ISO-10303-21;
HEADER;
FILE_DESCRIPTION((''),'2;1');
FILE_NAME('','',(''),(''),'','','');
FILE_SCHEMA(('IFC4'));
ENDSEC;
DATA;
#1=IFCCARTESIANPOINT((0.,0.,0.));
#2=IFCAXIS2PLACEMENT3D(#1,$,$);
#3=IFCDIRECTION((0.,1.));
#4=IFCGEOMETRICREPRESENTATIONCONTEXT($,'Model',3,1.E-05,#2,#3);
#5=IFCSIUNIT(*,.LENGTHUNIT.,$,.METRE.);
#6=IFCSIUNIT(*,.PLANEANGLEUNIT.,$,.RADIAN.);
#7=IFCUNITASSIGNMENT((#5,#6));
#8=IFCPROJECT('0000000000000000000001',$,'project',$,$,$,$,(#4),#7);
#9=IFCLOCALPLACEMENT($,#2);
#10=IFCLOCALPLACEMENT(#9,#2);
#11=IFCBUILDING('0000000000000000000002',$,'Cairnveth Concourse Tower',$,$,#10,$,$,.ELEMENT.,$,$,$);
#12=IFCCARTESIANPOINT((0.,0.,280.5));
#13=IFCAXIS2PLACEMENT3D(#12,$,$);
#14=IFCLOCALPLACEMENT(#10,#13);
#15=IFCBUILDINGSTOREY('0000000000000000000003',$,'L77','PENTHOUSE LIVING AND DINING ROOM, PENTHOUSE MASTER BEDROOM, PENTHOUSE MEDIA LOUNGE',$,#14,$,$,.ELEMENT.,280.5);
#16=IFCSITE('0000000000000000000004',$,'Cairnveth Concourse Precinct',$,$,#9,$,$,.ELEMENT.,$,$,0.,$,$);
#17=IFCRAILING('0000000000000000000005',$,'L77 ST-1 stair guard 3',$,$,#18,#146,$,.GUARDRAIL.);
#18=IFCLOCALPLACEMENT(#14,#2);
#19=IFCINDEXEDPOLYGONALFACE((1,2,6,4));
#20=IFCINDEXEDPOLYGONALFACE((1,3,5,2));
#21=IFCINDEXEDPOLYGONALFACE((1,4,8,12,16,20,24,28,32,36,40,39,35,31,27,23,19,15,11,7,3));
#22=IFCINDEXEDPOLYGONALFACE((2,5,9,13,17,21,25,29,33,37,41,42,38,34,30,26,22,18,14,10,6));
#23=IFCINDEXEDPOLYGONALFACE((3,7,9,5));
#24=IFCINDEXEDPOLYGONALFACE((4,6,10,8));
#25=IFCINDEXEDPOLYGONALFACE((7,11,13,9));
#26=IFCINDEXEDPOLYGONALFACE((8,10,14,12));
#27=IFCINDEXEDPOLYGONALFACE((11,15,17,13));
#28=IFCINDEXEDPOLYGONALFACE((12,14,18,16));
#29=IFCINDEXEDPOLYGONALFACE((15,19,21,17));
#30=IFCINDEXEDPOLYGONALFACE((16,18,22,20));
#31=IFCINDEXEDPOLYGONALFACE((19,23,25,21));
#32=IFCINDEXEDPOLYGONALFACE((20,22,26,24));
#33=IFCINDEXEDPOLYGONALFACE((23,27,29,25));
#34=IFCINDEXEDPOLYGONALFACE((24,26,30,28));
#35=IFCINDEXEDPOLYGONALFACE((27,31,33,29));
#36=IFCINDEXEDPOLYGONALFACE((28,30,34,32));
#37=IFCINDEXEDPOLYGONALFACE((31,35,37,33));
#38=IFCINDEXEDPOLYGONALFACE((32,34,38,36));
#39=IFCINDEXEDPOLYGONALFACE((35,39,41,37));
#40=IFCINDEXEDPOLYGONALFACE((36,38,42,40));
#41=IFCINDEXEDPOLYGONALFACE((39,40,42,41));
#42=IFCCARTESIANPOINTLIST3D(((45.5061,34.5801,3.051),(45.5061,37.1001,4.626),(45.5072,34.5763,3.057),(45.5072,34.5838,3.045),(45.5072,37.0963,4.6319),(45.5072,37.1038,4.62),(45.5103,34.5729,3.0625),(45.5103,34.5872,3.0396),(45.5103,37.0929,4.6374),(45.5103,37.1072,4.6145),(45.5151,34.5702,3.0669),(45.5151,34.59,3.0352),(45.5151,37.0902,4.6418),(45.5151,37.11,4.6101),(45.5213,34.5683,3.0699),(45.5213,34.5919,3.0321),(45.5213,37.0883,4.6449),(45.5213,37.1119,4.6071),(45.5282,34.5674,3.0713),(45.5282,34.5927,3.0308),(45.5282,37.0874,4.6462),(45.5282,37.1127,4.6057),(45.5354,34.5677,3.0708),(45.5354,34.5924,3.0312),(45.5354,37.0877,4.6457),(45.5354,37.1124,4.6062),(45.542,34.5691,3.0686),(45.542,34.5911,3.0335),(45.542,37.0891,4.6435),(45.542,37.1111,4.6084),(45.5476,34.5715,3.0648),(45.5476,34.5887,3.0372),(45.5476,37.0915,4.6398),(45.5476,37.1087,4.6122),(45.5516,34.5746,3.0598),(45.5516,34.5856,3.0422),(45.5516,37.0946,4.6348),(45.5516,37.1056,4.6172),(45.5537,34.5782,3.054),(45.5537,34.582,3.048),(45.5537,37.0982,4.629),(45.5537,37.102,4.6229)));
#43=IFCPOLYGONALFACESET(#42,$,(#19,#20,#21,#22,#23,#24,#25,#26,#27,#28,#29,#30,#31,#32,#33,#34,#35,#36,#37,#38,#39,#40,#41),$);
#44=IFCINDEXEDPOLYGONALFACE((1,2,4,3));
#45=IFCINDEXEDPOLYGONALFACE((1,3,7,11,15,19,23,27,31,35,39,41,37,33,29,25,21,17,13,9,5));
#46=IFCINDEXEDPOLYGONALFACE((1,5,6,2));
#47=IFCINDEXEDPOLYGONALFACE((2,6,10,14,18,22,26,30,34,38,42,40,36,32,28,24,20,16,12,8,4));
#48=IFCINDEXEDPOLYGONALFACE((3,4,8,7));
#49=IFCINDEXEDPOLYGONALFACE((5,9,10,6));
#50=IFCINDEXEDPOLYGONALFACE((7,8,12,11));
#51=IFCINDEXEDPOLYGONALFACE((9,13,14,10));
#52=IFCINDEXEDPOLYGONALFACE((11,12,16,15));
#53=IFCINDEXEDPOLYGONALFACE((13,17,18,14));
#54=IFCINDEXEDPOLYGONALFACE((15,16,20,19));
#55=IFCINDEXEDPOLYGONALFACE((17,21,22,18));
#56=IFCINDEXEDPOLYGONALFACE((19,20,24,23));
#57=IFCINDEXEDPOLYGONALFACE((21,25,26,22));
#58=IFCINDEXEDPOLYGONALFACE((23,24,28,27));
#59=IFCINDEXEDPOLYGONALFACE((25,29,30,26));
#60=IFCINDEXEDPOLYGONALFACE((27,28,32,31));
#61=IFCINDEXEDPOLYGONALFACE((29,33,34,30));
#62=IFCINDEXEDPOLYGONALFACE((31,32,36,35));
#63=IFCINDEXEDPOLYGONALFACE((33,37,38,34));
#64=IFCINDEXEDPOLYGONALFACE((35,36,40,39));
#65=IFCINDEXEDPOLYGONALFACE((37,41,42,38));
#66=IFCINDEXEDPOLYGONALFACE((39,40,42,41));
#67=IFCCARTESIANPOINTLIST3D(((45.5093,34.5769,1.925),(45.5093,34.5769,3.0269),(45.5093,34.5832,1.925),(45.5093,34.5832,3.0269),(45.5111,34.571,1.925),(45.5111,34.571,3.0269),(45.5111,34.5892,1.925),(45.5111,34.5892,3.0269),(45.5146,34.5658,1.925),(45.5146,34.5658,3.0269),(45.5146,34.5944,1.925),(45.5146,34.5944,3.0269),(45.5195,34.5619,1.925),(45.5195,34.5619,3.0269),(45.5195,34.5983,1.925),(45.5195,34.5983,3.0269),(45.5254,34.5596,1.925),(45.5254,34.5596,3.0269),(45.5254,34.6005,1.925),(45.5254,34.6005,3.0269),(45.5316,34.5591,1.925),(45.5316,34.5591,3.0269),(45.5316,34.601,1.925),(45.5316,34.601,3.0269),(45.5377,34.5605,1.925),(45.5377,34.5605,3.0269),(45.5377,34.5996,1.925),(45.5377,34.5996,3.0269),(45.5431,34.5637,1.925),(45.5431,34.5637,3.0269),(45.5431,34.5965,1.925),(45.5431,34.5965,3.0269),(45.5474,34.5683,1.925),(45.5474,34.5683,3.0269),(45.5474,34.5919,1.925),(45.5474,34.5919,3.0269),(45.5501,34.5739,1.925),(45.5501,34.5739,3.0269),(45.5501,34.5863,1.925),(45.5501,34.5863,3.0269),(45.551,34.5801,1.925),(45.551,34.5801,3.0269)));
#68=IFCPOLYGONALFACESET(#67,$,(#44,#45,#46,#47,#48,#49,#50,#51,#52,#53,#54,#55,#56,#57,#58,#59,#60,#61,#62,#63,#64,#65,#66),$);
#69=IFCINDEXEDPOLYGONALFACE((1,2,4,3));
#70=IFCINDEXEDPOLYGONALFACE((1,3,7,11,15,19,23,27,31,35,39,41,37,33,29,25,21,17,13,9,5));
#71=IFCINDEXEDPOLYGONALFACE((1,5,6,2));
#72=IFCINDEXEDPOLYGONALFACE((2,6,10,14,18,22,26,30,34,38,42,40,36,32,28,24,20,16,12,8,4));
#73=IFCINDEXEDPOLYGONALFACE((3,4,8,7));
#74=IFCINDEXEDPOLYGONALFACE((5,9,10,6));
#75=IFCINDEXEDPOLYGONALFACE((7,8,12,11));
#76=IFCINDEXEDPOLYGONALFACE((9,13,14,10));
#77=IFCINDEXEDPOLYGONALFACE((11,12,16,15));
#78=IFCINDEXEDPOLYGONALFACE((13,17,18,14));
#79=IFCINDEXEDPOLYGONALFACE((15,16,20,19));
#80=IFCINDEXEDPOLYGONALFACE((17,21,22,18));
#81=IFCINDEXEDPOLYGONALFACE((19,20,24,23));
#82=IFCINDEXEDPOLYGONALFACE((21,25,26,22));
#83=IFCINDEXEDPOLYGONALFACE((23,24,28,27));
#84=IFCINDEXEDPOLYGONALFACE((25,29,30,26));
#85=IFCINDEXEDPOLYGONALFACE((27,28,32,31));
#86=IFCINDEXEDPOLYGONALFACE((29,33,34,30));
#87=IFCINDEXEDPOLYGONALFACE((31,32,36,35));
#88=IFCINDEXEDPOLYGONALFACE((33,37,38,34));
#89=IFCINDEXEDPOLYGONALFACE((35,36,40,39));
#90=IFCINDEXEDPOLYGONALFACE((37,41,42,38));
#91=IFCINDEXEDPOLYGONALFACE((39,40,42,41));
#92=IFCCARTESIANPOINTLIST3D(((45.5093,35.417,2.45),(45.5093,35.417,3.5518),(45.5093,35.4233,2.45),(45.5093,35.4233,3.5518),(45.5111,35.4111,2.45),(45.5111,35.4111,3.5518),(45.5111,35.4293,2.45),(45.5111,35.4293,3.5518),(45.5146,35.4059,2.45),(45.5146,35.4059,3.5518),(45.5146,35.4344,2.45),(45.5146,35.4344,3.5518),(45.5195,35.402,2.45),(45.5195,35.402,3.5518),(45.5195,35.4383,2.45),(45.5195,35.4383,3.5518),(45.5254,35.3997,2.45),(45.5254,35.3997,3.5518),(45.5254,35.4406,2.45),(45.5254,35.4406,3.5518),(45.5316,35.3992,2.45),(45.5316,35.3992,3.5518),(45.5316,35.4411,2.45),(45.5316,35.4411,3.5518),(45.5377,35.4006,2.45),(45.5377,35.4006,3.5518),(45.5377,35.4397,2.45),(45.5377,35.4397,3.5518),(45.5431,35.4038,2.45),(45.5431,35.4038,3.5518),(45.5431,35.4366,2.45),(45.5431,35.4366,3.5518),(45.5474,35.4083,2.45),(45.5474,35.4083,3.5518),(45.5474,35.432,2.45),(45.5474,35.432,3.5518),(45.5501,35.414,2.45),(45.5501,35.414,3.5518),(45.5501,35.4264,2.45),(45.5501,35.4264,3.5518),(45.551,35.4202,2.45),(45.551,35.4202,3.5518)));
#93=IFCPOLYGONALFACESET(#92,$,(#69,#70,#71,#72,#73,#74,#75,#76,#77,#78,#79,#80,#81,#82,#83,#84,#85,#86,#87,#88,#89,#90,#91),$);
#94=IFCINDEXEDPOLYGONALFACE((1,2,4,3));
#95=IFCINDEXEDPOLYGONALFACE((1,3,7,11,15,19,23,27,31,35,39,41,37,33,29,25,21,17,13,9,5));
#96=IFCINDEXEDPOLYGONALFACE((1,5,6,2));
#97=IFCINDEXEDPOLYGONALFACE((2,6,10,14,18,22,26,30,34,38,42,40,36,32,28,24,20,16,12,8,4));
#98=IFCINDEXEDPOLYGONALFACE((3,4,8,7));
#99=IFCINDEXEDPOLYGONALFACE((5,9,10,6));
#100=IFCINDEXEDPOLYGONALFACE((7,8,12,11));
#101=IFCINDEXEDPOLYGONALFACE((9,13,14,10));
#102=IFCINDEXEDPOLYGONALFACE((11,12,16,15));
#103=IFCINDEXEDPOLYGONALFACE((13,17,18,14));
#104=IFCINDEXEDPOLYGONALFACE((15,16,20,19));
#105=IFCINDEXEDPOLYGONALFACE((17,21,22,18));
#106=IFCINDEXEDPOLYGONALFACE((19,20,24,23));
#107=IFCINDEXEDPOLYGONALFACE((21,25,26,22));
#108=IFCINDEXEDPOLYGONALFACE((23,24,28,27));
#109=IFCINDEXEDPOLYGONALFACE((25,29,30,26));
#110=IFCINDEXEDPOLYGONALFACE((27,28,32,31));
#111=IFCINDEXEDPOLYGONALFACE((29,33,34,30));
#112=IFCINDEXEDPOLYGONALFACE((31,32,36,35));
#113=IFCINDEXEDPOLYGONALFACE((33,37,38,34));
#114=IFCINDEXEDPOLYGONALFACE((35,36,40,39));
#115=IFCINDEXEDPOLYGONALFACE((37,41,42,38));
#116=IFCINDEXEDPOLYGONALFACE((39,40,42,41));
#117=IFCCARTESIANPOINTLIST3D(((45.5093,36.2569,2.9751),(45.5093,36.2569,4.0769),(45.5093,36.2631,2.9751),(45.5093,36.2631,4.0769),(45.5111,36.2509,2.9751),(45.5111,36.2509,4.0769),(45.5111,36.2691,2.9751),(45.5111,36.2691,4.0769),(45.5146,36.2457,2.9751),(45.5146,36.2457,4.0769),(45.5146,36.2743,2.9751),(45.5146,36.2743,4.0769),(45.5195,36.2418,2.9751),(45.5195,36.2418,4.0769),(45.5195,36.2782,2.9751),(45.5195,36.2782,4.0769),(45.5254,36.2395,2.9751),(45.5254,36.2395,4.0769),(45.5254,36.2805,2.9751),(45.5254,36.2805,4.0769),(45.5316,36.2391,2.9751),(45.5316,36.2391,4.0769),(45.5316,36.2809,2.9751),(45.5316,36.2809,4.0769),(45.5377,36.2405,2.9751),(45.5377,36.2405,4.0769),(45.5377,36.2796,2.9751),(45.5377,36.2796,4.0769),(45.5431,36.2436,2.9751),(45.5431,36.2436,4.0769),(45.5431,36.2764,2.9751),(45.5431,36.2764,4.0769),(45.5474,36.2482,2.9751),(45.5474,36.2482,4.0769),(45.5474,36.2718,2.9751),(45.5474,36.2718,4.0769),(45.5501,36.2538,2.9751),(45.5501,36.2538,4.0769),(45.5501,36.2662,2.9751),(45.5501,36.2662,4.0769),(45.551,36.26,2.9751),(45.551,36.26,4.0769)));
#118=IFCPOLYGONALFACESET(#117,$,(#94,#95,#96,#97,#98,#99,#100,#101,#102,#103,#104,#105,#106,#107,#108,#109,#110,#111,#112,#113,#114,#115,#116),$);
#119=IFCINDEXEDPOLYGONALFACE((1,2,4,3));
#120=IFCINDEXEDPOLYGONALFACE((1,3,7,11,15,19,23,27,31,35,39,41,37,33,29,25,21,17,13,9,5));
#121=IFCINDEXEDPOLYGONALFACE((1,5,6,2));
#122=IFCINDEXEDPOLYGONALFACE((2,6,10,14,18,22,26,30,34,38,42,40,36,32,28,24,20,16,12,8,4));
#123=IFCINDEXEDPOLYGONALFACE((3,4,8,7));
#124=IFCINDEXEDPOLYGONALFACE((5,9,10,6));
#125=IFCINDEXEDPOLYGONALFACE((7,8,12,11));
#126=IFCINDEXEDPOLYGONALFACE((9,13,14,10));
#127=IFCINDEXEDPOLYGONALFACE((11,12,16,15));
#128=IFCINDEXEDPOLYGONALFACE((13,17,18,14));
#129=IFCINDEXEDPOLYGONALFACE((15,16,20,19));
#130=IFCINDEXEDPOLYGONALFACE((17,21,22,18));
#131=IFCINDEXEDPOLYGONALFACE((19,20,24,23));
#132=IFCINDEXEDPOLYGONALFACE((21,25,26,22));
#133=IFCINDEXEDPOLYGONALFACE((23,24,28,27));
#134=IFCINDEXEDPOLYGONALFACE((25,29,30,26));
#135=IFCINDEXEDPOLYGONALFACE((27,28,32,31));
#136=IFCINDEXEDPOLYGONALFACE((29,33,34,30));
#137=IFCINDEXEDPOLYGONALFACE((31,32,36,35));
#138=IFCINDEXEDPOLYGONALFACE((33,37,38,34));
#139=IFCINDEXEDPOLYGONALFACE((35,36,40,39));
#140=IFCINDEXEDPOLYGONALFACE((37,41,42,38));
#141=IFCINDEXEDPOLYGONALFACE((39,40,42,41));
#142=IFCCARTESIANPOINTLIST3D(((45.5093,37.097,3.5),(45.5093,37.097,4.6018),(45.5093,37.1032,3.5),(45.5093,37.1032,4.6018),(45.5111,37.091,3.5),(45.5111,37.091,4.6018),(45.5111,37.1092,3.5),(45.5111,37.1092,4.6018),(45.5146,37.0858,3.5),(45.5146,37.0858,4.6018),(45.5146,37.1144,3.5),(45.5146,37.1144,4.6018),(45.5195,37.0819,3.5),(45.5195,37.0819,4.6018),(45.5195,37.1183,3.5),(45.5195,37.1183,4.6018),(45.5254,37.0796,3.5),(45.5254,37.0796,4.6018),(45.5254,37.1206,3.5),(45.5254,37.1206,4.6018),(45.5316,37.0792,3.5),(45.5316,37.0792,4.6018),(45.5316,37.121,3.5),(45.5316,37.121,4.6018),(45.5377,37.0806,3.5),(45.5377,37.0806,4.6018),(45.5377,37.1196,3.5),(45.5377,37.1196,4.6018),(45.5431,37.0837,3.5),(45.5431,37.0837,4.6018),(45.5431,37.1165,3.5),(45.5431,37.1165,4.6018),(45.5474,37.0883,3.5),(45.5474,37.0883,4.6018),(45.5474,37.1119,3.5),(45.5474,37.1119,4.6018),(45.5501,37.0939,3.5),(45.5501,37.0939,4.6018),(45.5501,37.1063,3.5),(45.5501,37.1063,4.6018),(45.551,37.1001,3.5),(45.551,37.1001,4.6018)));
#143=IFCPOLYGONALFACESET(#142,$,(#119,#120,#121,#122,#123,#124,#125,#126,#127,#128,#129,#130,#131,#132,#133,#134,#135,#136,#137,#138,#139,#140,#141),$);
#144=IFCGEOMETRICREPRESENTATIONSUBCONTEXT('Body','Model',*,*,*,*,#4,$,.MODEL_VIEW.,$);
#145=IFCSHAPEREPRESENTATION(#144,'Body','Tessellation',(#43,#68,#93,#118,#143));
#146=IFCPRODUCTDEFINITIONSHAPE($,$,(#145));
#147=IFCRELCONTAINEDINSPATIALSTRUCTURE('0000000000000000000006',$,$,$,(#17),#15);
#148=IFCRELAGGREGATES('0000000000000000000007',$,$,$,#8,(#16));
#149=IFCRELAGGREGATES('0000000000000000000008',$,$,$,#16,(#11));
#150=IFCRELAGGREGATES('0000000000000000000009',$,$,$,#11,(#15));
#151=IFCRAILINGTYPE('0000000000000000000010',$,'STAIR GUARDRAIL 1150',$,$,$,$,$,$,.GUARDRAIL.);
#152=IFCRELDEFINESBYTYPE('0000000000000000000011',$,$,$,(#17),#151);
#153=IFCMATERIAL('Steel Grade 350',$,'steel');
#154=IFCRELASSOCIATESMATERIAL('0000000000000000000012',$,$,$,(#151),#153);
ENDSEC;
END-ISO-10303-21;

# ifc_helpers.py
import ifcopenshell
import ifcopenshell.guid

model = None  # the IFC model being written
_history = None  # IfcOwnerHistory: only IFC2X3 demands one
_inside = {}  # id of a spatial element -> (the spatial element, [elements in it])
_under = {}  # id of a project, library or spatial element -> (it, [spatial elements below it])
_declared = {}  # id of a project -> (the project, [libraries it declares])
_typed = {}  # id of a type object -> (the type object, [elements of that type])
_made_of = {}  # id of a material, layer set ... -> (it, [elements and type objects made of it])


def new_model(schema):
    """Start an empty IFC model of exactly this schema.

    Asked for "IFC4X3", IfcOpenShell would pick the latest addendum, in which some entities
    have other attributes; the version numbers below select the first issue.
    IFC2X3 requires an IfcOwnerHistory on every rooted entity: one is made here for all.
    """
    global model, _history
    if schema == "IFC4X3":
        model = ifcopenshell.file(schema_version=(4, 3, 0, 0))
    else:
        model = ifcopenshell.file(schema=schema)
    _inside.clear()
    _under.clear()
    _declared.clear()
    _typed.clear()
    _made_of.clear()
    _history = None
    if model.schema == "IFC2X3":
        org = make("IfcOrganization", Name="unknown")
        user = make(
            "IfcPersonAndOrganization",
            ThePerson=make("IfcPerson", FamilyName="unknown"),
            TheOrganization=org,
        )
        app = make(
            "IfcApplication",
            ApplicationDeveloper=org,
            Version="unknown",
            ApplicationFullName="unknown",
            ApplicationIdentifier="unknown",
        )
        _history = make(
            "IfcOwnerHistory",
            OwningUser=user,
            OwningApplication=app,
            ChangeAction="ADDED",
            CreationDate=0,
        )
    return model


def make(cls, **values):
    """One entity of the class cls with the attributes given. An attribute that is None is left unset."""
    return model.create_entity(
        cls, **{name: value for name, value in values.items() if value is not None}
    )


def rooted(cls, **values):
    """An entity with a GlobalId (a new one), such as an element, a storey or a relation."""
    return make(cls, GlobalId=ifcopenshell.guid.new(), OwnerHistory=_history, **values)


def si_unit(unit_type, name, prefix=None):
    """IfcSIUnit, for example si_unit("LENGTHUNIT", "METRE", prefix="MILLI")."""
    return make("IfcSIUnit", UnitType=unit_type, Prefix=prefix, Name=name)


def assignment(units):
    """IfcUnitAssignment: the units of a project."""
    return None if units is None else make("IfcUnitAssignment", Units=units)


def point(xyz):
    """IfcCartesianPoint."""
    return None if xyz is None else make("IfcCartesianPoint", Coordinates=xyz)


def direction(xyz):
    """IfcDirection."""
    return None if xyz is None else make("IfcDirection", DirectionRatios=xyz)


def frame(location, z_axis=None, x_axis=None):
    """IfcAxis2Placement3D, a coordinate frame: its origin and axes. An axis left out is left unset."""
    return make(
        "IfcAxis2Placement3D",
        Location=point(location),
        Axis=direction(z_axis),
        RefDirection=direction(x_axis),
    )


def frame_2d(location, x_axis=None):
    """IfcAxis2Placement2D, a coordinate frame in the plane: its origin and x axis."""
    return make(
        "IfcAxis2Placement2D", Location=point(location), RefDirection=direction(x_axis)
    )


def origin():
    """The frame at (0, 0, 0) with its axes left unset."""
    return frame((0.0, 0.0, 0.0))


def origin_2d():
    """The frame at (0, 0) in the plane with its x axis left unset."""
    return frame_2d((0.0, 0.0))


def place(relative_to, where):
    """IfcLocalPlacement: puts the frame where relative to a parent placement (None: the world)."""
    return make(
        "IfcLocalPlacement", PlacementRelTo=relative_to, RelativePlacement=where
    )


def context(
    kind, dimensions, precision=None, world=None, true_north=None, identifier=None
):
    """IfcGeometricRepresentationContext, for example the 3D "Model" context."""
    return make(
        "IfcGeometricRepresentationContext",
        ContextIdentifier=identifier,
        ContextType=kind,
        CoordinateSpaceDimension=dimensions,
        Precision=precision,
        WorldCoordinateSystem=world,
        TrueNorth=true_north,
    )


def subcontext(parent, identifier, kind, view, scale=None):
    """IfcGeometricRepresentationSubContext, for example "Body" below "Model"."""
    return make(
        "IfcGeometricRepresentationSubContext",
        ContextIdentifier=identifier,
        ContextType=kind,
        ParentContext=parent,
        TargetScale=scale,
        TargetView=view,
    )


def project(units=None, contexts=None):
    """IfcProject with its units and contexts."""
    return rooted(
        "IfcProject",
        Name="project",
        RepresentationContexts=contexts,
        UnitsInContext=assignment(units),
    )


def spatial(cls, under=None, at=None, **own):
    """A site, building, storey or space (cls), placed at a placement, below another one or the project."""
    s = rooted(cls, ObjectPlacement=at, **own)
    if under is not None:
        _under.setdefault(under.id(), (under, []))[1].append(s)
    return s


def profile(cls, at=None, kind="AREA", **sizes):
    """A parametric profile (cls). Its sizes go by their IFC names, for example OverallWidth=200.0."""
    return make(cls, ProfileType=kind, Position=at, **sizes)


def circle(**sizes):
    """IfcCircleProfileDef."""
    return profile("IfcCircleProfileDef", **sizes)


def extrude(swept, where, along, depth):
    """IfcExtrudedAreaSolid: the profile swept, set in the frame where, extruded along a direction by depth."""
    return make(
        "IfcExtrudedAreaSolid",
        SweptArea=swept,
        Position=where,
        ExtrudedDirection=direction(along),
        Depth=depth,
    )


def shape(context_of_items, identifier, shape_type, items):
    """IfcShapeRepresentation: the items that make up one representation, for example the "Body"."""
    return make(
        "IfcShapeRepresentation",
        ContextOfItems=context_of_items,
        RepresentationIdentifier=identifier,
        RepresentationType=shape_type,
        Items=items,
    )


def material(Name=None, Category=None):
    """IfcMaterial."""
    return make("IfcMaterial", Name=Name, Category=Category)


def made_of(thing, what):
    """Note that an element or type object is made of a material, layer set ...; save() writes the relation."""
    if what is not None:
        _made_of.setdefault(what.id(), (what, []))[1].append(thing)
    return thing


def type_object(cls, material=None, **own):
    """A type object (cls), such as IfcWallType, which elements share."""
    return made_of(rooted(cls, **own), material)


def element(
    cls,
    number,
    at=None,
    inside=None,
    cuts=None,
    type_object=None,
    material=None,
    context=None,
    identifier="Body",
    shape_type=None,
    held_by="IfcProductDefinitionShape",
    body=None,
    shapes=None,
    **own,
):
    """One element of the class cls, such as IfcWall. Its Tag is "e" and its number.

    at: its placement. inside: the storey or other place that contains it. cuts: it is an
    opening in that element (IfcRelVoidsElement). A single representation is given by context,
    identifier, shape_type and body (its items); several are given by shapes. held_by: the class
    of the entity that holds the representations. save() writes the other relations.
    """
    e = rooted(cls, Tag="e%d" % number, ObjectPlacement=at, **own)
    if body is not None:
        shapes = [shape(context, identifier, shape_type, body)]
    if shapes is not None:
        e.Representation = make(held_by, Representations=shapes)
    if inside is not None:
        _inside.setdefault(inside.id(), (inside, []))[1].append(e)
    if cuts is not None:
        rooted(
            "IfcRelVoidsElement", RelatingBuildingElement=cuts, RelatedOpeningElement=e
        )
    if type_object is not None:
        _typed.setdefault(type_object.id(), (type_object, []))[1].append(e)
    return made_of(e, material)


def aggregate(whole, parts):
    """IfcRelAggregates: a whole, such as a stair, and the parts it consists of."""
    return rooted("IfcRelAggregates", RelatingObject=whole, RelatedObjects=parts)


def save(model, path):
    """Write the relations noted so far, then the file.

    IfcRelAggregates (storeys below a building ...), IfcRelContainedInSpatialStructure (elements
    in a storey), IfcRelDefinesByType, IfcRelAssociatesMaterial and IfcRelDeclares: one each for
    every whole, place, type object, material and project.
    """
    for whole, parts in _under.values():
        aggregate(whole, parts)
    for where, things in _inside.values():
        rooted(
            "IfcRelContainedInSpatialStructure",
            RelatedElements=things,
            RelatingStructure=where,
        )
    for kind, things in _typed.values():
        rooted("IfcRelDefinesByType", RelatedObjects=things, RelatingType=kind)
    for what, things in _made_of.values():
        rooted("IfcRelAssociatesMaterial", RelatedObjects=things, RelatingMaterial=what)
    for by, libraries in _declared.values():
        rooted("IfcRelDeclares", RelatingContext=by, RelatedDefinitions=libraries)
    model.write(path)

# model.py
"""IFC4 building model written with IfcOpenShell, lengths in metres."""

from ifc_helpers import new_model, si_unit, direction, frame, origin, origin_2d, place, context, subcontext, project, spatial, circle, extrude, material, type_object, element, save


model = new_model("IFC4")

# Units and contexts
model_context = context("Model", 3, precision=1e-05, world=origin(), true_north=direction((0.0, 1.0)))
body_context = subcontext(model_context, "Body", "Model", "MODEL_VIEW")
ifc_project = project(units=[si_unit("LENGTHUNIT", "METRE"), si_unit("PLANEANGLEUNIT", "RADIAN")], contexts=[model_context])

# Site, building, storey
site_placement = place(None, origin())
site = spatial("IfcSite", under=ifc_project, at=site_placement, Name="Cairnveth Concourse Precinct", CompositionType="ELEMENT", RefElevation=0.0)
building_placement = place(site_placement, origin())
building = spatial("IfcBuilding", under=site, at=building_placement, Name="Cairnveth Concourse Tower", CompositionType="ELEMENT")
storey_placement = place(building_placement, frame((0.0, 0.0, 280.5)))
storey = spatial("IfcBuildingStorey", under=building, at=storey_placement, Name="L77", Description="PENTHOUSE LIVING AND DINING ROOM, PENTHOUSE MASTER BEDROOM, PENTHOUSE MEDIA LOUNGE", CompositionType="ELEMENT", Elevation=280.5)

# Shared definitions
ifc_material_1 = material(Name="Steel Grade 350", Category="steel")

# Railing
railing_type_1 = type_object("IfcRailingType", Name="STAIR GUARDRAIL 1150", PredefinedType="GUARDRAIL", material=ifc_material_1)
railing_1_placement = place(storey_placement, frame((45.53, 34.5801, 1.925)))
element("IfcRailing", 1, at=railing_1_placement, inside=storey, type_object=railing_type_1, Name="L77 ST-1 stair guard 3", PredefinedType="GUARDRAIL", context=body_context, shape_type="SweptSolid", body=[
    extrude(circle(Radius=0.0239, at=origin_2d()), frame((0.0, 0.0, 1.126), z_axis=(0.0, 0.848008, 0.529984), x_axis=(-1.0, 0.0, 0.0)), (0.0, 0.0, 1.0), 2.9717),
    extrude(circle(Radius=0.021, at=origin_2d()), origin(), (0.0, 0.0, 1.0), 1.1018),
    extrude(circle(Radius=0.021, at=origin_2d()), frame((0.0, 0.8401, 0.5249)), (0.0, 0.0, 1.0), 1.1018),
    extrude(circle(Radius=0.021, at=origin_2d()), frame((0.0, 1.6799, 1.05)), (0.0, 0.0, 1.0), 1.1018),
    extrude(circle(Radius=0.021, at=origin_2d()), frame((0.0, 2.52, 1.575)), (0.0, 0.0, 1.0), 1.1018),
])

save(model, "model.ifc")
